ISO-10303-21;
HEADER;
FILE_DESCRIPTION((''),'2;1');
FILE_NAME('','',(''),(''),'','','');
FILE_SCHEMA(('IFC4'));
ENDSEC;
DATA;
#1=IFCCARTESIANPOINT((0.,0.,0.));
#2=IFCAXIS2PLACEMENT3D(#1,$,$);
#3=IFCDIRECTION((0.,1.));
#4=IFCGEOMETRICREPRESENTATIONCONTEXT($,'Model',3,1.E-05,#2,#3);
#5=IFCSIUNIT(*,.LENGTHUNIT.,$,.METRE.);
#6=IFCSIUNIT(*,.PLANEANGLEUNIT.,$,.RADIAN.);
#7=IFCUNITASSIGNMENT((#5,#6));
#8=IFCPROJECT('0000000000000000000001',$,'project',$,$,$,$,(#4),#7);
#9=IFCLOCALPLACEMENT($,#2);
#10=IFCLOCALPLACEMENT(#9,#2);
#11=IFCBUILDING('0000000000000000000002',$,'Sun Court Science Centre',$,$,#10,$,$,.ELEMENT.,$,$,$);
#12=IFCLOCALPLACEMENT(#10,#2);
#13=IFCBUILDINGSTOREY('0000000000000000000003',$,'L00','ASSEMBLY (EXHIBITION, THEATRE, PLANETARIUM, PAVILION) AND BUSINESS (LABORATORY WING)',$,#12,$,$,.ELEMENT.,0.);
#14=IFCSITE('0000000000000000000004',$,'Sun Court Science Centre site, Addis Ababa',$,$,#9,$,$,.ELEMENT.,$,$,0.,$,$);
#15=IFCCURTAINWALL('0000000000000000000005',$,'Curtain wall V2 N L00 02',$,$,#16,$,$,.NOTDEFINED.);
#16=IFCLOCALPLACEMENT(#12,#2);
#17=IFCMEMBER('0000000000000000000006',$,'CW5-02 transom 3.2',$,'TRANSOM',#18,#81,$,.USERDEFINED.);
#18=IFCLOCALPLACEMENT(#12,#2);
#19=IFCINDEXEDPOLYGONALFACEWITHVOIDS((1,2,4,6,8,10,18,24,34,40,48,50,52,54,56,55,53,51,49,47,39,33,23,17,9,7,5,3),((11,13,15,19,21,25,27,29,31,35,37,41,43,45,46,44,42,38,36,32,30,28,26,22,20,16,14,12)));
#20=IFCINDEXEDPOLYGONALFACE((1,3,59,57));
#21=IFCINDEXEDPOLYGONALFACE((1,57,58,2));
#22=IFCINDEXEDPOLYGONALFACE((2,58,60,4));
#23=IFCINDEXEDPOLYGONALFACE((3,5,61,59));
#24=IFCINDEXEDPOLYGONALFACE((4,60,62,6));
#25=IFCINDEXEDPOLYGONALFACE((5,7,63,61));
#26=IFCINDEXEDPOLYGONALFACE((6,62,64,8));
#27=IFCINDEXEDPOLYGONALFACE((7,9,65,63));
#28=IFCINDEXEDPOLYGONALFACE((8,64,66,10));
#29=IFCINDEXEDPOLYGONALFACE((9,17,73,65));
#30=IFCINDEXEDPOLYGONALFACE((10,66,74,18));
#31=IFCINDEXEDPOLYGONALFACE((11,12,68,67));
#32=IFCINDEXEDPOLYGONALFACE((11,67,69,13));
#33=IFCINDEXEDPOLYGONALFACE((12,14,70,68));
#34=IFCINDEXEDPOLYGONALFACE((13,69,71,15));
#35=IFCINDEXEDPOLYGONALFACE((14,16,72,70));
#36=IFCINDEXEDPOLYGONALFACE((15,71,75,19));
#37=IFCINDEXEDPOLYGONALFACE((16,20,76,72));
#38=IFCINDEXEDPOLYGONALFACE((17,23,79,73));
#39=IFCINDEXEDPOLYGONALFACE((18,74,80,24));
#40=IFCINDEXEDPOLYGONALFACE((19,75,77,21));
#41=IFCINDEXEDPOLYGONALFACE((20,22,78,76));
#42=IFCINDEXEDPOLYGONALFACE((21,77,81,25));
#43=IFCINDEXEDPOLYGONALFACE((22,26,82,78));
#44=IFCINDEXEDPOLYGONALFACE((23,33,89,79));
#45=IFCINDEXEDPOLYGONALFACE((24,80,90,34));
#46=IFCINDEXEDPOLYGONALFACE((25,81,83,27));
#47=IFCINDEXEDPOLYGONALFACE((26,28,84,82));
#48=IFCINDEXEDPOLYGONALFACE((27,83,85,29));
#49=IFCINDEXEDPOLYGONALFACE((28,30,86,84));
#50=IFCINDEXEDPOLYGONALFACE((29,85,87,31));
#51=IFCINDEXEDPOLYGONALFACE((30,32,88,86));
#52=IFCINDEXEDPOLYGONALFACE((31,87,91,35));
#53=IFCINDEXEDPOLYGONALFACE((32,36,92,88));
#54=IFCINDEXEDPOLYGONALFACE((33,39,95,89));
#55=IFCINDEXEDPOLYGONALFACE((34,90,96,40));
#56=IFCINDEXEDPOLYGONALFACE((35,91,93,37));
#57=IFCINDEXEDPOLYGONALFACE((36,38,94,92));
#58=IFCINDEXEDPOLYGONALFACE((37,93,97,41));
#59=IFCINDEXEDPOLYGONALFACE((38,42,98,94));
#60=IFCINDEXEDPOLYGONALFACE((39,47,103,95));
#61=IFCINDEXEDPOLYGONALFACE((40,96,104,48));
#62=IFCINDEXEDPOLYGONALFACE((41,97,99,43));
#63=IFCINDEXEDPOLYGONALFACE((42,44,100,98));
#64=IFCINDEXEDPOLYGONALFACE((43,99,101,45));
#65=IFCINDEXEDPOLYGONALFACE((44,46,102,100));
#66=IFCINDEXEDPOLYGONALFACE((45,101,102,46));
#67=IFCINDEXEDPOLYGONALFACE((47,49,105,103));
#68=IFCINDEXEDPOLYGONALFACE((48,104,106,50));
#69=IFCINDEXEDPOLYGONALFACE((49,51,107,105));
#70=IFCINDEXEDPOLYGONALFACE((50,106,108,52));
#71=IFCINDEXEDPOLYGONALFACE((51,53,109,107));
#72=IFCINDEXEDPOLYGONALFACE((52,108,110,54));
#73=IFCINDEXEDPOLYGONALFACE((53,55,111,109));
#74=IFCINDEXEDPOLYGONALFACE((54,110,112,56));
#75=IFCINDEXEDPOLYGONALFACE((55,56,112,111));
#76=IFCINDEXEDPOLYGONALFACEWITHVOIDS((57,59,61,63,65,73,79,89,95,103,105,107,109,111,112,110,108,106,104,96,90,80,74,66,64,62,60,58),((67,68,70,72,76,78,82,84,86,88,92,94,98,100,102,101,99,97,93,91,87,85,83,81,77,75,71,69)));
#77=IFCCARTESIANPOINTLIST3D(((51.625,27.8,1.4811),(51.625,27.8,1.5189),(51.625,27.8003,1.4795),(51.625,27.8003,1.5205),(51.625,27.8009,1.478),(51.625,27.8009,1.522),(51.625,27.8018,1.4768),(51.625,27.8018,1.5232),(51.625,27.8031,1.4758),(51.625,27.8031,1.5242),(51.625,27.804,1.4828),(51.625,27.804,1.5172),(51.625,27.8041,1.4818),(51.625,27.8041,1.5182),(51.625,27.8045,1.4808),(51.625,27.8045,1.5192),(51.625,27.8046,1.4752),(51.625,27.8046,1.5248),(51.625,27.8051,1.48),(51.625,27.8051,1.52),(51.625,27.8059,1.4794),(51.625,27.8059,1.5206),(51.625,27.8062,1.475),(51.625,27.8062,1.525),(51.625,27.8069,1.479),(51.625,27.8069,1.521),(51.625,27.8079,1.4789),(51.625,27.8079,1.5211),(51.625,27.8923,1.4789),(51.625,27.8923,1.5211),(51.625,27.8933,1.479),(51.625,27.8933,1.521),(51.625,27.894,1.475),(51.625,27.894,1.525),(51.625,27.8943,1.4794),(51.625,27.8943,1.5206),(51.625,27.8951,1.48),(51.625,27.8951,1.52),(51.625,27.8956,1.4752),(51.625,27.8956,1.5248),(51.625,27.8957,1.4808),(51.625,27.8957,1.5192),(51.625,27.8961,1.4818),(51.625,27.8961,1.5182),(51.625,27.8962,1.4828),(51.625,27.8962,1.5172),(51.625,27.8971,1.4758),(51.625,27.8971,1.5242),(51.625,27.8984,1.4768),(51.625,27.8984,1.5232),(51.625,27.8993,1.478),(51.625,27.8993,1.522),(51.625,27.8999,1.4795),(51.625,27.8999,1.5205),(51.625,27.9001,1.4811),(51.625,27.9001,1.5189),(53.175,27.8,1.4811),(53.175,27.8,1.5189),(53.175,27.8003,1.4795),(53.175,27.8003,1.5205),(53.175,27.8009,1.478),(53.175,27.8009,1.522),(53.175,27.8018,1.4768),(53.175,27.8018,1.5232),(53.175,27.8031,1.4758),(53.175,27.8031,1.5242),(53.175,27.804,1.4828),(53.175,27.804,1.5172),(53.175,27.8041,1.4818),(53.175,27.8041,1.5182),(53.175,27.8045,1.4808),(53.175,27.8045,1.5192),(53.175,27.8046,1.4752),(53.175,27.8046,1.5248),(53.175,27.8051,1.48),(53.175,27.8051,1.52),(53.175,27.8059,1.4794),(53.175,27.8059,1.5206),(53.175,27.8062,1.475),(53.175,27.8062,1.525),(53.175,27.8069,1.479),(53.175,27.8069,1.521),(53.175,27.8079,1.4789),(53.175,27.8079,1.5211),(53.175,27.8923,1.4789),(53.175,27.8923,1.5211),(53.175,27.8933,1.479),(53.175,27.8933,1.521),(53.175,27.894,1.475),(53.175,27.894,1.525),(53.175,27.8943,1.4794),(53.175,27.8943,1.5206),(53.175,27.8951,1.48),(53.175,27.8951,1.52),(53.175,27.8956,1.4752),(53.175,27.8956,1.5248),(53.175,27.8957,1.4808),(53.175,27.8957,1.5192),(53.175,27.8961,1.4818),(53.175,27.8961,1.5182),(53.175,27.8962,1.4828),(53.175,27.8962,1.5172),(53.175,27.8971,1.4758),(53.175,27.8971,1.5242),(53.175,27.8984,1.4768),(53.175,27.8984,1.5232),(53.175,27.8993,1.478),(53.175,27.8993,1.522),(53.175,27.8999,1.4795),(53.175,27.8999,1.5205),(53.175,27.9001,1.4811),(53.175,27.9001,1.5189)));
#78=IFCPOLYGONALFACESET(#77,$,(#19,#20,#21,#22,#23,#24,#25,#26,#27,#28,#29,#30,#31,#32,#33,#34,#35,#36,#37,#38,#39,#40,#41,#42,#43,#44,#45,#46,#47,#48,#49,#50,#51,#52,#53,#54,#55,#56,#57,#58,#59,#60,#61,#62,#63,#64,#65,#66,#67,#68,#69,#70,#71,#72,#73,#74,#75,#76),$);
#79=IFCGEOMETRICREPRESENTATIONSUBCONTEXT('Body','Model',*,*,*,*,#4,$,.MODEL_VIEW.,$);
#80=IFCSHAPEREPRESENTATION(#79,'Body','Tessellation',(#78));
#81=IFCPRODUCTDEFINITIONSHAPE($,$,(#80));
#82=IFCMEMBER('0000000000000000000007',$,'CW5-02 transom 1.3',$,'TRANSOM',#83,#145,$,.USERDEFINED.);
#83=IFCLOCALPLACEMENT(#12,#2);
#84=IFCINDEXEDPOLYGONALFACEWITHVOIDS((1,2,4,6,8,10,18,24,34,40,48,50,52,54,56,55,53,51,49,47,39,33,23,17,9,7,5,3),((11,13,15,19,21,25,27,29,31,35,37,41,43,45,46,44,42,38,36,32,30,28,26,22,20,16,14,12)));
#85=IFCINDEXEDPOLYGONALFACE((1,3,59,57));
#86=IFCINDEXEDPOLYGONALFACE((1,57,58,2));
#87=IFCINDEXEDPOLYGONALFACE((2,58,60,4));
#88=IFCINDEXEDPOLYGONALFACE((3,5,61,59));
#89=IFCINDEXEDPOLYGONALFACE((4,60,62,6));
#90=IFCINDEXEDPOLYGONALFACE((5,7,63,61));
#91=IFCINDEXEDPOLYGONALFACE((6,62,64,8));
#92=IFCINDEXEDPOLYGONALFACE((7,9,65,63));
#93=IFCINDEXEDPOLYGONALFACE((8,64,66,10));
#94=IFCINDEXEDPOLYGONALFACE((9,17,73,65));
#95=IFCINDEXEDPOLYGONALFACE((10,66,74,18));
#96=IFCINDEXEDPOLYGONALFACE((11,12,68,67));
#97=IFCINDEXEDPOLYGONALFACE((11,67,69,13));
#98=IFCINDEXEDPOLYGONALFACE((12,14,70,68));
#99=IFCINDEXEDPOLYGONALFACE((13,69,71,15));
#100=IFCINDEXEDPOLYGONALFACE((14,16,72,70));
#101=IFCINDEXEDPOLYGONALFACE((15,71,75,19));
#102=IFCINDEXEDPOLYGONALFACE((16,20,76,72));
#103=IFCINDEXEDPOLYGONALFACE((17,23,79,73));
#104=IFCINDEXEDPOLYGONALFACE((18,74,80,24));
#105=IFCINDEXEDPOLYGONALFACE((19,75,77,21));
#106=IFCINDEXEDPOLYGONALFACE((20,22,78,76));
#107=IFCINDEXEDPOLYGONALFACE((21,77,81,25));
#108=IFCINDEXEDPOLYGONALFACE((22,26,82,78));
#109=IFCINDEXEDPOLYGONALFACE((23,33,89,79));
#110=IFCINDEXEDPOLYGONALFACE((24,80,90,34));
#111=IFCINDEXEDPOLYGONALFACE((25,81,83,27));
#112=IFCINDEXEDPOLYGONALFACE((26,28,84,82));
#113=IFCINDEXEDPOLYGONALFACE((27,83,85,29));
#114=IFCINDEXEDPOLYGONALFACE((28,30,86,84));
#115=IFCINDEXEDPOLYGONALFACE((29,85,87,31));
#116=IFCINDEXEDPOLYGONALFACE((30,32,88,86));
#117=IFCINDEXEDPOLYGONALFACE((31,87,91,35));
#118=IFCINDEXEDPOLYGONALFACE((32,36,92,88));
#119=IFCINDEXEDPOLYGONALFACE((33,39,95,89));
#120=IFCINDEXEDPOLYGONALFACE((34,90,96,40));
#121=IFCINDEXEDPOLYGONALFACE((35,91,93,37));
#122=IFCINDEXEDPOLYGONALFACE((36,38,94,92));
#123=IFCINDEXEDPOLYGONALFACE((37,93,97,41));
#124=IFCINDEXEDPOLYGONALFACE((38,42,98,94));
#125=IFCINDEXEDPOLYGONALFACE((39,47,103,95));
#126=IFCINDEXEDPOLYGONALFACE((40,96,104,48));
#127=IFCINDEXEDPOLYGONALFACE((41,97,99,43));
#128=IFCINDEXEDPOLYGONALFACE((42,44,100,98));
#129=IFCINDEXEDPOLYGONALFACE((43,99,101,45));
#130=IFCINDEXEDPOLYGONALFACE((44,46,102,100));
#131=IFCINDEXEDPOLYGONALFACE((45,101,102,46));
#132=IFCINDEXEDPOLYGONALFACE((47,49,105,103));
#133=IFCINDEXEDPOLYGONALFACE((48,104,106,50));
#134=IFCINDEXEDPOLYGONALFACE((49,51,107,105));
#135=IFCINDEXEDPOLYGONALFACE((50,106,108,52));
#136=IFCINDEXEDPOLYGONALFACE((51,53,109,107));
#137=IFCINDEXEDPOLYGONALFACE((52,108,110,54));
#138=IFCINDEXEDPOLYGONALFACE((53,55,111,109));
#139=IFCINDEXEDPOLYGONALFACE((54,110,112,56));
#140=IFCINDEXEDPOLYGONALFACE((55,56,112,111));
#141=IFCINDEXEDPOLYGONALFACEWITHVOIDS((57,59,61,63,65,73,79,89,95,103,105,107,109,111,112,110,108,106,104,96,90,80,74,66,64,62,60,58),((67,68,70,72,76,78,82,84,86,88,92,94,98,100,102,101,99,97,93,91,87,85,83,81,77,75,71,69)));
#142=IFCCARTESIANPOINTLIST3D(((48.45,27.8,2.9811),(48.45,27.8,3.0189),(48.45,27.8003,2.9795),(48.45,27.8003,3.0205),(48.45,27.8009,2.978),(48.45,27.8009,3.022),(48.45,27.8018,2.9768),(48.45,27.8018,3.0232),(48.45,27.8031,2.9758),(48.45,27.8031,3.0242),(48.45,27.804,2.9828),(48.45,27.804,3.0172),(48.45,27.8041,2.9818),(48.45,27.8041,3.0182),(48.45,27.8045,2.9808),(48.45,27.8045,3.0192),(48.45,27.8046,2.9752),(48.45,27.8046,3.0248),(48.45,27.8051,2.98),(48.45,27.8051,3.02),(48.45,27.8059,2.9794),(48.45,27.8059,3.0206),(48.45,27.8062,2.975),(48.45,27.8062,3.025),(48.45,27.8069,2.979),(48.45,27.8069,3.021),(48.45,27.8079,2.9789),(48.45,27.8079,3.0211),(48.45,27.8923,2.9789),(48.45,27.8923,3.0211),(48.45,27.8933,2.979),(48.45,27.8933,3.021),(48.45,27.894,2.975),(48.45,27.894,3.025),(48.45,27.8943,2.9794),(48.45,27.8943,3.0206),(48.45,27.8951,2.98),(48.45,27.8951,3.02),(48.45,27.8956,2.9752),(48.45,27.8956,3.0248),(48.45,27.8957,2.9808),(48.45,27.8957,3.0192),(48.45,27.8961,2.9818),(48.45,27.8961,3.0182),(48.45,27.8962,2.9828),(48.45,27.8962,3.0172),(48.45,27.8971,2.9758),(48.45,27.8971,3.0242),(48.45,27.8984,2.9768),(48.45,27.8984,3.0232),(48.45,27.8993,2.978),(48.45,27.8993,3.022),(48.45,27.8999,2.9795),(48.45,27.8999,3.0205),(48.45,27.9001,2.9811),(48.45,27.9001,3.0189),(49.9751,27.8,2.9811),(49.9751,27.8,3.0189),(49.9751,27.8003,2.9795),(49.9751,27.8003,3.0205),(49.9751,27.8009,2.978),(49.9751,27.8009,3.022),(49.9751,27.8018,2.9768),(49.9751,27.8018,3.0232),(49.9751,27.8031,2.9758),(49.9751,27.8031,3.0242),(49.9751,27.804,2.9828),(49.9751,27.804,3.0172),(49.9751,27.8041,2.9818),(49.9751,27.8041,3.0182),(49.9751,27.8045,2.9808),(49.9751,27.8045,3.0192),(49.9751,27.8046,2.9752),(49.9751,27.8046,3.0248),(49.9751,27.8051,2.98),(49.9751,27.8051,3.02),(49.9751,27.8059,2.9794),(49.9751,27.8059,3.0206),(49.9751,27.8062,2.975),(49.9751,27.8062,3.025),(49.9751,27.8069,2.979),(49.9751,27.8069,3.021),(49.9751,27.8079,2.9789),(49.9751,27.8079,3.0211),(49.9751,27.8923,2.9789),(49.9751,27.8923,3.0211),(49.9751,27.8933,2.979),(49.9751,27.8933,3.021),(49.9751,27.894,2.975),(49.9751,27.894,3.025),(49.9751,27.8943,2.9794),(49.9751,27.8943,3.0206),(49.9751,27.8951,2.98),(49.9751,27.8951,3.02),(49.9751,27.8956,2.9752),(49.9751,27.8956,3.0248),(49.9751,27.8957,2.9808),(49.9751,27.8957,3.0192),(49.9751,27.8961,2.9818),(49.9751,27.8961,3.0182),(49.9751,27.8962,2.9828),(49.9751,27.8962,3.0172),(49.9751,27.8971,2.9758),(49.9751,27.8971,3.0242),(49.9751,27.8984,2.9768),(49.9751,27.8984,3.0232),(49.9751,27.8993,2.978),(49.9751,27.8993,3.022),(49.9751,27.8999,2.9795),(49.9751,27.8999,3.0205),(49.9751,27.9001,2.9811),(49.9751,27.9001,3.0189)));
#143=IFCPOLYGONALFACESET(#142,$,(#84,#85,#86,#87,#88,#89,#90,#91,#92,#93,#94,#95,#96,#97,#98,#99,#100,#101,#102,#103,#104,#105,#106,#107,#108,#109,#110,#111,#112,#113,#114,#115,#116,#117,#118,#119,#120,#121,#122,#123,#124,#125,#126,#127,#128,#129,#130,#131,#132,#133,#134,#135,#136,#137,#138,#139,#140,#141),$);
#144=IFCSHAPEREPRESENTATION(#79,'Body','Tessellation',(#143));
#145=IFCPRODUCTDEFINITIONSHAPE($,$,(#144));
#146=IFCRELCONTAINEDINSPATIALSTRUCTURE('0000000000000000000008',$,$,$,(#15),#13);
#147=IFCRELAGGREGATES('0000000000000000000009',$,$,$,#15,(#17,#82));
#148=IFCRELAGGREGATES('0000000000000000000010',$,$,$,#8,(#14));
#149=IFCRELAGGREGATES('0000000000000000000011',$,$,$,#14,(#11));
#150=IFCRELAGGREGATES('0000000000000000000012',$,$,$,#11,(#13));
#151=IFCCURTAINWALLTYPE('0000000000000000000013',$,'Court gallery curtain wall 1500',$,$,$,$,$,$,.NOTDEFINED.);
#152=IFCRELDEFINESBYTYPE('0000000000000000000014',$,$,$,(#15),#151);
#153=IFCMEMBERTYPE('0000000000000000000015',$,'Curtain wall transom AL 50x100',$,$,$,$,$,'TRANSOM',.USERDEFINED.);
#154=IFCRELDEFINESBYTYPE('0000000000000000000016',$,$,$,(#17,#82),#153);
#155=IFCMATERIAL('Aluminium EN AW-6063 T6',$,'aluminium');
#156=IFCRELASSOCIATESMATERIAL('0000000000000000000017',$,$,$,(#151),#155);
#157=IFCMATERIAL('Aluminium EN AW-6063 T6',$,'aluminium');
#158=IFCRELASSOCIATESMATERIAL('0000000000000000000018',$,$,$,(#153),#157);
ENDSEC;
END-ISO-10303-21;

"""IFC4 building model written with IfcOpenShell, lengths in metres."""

from ifc_helpers import new_model, si_unit, direction, frame, origin, origin_2d, place, context, subcontext, project, spatial, hollow_rectangle, extrude, material, material_profile, profile_set, type_object, element, aggregate, save


model = new_model("IFC4")

# Units and contexts
model_context = context("Model", 3, precision=1e-05, world=origin(), true_north=direction((0.0, 1.0)))
body_context = subcontext(model_context, "Body", "Model", "MODEL_VIEW")
ifc_project = project(units=[si_unit("LENGTHUNIT", "METRE"), si_unit("PLANEANGLEUNIT", "RADIAN")], contexts=[model_context])

# Site, building, storey
site_placement = place(None, origin())
site = spatial("IfcSite", under=ifc_project, at=site_placement, Name="Sun Court Science Centre site, Addis Ababa", CompositionType="ELEMENT", RefElevation=0.0)
building_placement = place(site_placement, origin())
building = spatial("IfcBuilding", under=site, at=building_placement, Name="Sun Court Science Centre", CompositionType="ELEMENT")
storey_placement = place(building_placement, origin())
storey = spatial("IfcBuildingStorey", under=building, at=storey_placement, Name="L00", Description="ASSEMBLY (EXHIBITION, THEATRE, PLANETARIUM, PAVILION) AND BUSINESS (LABORATORY WING)", CompositionType="ELEMENT", Elevation=0.0)

# Curtain wall, members
ifc_material_1 = material(Name="Aluminium EN AW-6063 T6", Category="aluminium")
curtain_wall_type = type_object("IfcCurtainWallType", Name="Court gallery curtain wall 1500", PredefinedType="NOTDEFINED", material=ifc_material_1)
curtain_wall_placement = place(storey_placement, origin())
curtain_wall = element("IfcCurtainWall", 1, at=curtain_wall_placement, inside=storey, type_object=curtain_wall_type, Name="Curtain wall V2 N L00 02", PredefinedType="NOTDEFINED")
ifc_material_2 = material(Name="Aluminium EN AW-6063 T6", Category="aluminium")
ifc_material_profile_1 = material_profile(ifc_material_2, hollow_rectangle(XDim=0.05, YDim=0.1001, WallThickness=0.0039, InnerFilletRadius=0.0039, OuterFilletRadius=0.0061, at=origin_2d()), Name="AL 50x100x4")
ifc_profile_set_1 = profile_set([ifc_material_profile_1], Name="Aluminium EN AW-6063 T6")
member_type_1 = type_object("IfcMemberType", Name="Curtain wall transom AL 50x100", ElementType="TRANSOM", PredefinedType="USERDEFINED", material=ifc_profile_set_1)
member_1_placement = place(storey_placement, frame((51.625, 27.8501, 1.5), z_axis=(1.0, 0.0, 0.0), x_axis=(0.0, 0.0, 1.0)))
member_1 = element("IfcMember", 2, at=member_1_placement, type_object=member_type_1, Name="CW5-02 transom 3.2", ObjectType="TRANSOM", PredefinedType="USERDEFINED", context=body_context, shape_type="SweptSolid", body=[
    extrude(hollow_rectangle(XDim=0.05, YDim=0.1001, WallThickness=0.0039, InnerFilletRadius=0.0039, OuterFilletRadius=0.0061, at=origin_2d()), origin(), (0.0, 0.0, 1.0), 1.55),
])
member_2_placement = place(storey_placement, frame((48.45, 27.8501, 3.0), z_axis=(1.0, 0.0, 0.0), x_axis=(0.0, 0.0, 1.0)))
member_2 = element("IfcMember", 3, at=member_2_placement, type_object=member_type_1, Name="CW5-02 transom 1.3", ObjectType="TRANSOM", PredefinedType="USERDEFINED", context=body_context, shape_type="SweptSolid", body=[
    extrude(hollow_rectangle(XDim=0.05, YDim=0.1001, WallThickness=0.0039, InnerFilletRadius=0.0039, OuterFilletRadius=0.0061, at=origin_2d()), origin(), (0.0, 0.0, 1.0), 1.5251),
])
aggregate(curtain_wall, [member_1, member_2])

save(model, "model.ifc")
